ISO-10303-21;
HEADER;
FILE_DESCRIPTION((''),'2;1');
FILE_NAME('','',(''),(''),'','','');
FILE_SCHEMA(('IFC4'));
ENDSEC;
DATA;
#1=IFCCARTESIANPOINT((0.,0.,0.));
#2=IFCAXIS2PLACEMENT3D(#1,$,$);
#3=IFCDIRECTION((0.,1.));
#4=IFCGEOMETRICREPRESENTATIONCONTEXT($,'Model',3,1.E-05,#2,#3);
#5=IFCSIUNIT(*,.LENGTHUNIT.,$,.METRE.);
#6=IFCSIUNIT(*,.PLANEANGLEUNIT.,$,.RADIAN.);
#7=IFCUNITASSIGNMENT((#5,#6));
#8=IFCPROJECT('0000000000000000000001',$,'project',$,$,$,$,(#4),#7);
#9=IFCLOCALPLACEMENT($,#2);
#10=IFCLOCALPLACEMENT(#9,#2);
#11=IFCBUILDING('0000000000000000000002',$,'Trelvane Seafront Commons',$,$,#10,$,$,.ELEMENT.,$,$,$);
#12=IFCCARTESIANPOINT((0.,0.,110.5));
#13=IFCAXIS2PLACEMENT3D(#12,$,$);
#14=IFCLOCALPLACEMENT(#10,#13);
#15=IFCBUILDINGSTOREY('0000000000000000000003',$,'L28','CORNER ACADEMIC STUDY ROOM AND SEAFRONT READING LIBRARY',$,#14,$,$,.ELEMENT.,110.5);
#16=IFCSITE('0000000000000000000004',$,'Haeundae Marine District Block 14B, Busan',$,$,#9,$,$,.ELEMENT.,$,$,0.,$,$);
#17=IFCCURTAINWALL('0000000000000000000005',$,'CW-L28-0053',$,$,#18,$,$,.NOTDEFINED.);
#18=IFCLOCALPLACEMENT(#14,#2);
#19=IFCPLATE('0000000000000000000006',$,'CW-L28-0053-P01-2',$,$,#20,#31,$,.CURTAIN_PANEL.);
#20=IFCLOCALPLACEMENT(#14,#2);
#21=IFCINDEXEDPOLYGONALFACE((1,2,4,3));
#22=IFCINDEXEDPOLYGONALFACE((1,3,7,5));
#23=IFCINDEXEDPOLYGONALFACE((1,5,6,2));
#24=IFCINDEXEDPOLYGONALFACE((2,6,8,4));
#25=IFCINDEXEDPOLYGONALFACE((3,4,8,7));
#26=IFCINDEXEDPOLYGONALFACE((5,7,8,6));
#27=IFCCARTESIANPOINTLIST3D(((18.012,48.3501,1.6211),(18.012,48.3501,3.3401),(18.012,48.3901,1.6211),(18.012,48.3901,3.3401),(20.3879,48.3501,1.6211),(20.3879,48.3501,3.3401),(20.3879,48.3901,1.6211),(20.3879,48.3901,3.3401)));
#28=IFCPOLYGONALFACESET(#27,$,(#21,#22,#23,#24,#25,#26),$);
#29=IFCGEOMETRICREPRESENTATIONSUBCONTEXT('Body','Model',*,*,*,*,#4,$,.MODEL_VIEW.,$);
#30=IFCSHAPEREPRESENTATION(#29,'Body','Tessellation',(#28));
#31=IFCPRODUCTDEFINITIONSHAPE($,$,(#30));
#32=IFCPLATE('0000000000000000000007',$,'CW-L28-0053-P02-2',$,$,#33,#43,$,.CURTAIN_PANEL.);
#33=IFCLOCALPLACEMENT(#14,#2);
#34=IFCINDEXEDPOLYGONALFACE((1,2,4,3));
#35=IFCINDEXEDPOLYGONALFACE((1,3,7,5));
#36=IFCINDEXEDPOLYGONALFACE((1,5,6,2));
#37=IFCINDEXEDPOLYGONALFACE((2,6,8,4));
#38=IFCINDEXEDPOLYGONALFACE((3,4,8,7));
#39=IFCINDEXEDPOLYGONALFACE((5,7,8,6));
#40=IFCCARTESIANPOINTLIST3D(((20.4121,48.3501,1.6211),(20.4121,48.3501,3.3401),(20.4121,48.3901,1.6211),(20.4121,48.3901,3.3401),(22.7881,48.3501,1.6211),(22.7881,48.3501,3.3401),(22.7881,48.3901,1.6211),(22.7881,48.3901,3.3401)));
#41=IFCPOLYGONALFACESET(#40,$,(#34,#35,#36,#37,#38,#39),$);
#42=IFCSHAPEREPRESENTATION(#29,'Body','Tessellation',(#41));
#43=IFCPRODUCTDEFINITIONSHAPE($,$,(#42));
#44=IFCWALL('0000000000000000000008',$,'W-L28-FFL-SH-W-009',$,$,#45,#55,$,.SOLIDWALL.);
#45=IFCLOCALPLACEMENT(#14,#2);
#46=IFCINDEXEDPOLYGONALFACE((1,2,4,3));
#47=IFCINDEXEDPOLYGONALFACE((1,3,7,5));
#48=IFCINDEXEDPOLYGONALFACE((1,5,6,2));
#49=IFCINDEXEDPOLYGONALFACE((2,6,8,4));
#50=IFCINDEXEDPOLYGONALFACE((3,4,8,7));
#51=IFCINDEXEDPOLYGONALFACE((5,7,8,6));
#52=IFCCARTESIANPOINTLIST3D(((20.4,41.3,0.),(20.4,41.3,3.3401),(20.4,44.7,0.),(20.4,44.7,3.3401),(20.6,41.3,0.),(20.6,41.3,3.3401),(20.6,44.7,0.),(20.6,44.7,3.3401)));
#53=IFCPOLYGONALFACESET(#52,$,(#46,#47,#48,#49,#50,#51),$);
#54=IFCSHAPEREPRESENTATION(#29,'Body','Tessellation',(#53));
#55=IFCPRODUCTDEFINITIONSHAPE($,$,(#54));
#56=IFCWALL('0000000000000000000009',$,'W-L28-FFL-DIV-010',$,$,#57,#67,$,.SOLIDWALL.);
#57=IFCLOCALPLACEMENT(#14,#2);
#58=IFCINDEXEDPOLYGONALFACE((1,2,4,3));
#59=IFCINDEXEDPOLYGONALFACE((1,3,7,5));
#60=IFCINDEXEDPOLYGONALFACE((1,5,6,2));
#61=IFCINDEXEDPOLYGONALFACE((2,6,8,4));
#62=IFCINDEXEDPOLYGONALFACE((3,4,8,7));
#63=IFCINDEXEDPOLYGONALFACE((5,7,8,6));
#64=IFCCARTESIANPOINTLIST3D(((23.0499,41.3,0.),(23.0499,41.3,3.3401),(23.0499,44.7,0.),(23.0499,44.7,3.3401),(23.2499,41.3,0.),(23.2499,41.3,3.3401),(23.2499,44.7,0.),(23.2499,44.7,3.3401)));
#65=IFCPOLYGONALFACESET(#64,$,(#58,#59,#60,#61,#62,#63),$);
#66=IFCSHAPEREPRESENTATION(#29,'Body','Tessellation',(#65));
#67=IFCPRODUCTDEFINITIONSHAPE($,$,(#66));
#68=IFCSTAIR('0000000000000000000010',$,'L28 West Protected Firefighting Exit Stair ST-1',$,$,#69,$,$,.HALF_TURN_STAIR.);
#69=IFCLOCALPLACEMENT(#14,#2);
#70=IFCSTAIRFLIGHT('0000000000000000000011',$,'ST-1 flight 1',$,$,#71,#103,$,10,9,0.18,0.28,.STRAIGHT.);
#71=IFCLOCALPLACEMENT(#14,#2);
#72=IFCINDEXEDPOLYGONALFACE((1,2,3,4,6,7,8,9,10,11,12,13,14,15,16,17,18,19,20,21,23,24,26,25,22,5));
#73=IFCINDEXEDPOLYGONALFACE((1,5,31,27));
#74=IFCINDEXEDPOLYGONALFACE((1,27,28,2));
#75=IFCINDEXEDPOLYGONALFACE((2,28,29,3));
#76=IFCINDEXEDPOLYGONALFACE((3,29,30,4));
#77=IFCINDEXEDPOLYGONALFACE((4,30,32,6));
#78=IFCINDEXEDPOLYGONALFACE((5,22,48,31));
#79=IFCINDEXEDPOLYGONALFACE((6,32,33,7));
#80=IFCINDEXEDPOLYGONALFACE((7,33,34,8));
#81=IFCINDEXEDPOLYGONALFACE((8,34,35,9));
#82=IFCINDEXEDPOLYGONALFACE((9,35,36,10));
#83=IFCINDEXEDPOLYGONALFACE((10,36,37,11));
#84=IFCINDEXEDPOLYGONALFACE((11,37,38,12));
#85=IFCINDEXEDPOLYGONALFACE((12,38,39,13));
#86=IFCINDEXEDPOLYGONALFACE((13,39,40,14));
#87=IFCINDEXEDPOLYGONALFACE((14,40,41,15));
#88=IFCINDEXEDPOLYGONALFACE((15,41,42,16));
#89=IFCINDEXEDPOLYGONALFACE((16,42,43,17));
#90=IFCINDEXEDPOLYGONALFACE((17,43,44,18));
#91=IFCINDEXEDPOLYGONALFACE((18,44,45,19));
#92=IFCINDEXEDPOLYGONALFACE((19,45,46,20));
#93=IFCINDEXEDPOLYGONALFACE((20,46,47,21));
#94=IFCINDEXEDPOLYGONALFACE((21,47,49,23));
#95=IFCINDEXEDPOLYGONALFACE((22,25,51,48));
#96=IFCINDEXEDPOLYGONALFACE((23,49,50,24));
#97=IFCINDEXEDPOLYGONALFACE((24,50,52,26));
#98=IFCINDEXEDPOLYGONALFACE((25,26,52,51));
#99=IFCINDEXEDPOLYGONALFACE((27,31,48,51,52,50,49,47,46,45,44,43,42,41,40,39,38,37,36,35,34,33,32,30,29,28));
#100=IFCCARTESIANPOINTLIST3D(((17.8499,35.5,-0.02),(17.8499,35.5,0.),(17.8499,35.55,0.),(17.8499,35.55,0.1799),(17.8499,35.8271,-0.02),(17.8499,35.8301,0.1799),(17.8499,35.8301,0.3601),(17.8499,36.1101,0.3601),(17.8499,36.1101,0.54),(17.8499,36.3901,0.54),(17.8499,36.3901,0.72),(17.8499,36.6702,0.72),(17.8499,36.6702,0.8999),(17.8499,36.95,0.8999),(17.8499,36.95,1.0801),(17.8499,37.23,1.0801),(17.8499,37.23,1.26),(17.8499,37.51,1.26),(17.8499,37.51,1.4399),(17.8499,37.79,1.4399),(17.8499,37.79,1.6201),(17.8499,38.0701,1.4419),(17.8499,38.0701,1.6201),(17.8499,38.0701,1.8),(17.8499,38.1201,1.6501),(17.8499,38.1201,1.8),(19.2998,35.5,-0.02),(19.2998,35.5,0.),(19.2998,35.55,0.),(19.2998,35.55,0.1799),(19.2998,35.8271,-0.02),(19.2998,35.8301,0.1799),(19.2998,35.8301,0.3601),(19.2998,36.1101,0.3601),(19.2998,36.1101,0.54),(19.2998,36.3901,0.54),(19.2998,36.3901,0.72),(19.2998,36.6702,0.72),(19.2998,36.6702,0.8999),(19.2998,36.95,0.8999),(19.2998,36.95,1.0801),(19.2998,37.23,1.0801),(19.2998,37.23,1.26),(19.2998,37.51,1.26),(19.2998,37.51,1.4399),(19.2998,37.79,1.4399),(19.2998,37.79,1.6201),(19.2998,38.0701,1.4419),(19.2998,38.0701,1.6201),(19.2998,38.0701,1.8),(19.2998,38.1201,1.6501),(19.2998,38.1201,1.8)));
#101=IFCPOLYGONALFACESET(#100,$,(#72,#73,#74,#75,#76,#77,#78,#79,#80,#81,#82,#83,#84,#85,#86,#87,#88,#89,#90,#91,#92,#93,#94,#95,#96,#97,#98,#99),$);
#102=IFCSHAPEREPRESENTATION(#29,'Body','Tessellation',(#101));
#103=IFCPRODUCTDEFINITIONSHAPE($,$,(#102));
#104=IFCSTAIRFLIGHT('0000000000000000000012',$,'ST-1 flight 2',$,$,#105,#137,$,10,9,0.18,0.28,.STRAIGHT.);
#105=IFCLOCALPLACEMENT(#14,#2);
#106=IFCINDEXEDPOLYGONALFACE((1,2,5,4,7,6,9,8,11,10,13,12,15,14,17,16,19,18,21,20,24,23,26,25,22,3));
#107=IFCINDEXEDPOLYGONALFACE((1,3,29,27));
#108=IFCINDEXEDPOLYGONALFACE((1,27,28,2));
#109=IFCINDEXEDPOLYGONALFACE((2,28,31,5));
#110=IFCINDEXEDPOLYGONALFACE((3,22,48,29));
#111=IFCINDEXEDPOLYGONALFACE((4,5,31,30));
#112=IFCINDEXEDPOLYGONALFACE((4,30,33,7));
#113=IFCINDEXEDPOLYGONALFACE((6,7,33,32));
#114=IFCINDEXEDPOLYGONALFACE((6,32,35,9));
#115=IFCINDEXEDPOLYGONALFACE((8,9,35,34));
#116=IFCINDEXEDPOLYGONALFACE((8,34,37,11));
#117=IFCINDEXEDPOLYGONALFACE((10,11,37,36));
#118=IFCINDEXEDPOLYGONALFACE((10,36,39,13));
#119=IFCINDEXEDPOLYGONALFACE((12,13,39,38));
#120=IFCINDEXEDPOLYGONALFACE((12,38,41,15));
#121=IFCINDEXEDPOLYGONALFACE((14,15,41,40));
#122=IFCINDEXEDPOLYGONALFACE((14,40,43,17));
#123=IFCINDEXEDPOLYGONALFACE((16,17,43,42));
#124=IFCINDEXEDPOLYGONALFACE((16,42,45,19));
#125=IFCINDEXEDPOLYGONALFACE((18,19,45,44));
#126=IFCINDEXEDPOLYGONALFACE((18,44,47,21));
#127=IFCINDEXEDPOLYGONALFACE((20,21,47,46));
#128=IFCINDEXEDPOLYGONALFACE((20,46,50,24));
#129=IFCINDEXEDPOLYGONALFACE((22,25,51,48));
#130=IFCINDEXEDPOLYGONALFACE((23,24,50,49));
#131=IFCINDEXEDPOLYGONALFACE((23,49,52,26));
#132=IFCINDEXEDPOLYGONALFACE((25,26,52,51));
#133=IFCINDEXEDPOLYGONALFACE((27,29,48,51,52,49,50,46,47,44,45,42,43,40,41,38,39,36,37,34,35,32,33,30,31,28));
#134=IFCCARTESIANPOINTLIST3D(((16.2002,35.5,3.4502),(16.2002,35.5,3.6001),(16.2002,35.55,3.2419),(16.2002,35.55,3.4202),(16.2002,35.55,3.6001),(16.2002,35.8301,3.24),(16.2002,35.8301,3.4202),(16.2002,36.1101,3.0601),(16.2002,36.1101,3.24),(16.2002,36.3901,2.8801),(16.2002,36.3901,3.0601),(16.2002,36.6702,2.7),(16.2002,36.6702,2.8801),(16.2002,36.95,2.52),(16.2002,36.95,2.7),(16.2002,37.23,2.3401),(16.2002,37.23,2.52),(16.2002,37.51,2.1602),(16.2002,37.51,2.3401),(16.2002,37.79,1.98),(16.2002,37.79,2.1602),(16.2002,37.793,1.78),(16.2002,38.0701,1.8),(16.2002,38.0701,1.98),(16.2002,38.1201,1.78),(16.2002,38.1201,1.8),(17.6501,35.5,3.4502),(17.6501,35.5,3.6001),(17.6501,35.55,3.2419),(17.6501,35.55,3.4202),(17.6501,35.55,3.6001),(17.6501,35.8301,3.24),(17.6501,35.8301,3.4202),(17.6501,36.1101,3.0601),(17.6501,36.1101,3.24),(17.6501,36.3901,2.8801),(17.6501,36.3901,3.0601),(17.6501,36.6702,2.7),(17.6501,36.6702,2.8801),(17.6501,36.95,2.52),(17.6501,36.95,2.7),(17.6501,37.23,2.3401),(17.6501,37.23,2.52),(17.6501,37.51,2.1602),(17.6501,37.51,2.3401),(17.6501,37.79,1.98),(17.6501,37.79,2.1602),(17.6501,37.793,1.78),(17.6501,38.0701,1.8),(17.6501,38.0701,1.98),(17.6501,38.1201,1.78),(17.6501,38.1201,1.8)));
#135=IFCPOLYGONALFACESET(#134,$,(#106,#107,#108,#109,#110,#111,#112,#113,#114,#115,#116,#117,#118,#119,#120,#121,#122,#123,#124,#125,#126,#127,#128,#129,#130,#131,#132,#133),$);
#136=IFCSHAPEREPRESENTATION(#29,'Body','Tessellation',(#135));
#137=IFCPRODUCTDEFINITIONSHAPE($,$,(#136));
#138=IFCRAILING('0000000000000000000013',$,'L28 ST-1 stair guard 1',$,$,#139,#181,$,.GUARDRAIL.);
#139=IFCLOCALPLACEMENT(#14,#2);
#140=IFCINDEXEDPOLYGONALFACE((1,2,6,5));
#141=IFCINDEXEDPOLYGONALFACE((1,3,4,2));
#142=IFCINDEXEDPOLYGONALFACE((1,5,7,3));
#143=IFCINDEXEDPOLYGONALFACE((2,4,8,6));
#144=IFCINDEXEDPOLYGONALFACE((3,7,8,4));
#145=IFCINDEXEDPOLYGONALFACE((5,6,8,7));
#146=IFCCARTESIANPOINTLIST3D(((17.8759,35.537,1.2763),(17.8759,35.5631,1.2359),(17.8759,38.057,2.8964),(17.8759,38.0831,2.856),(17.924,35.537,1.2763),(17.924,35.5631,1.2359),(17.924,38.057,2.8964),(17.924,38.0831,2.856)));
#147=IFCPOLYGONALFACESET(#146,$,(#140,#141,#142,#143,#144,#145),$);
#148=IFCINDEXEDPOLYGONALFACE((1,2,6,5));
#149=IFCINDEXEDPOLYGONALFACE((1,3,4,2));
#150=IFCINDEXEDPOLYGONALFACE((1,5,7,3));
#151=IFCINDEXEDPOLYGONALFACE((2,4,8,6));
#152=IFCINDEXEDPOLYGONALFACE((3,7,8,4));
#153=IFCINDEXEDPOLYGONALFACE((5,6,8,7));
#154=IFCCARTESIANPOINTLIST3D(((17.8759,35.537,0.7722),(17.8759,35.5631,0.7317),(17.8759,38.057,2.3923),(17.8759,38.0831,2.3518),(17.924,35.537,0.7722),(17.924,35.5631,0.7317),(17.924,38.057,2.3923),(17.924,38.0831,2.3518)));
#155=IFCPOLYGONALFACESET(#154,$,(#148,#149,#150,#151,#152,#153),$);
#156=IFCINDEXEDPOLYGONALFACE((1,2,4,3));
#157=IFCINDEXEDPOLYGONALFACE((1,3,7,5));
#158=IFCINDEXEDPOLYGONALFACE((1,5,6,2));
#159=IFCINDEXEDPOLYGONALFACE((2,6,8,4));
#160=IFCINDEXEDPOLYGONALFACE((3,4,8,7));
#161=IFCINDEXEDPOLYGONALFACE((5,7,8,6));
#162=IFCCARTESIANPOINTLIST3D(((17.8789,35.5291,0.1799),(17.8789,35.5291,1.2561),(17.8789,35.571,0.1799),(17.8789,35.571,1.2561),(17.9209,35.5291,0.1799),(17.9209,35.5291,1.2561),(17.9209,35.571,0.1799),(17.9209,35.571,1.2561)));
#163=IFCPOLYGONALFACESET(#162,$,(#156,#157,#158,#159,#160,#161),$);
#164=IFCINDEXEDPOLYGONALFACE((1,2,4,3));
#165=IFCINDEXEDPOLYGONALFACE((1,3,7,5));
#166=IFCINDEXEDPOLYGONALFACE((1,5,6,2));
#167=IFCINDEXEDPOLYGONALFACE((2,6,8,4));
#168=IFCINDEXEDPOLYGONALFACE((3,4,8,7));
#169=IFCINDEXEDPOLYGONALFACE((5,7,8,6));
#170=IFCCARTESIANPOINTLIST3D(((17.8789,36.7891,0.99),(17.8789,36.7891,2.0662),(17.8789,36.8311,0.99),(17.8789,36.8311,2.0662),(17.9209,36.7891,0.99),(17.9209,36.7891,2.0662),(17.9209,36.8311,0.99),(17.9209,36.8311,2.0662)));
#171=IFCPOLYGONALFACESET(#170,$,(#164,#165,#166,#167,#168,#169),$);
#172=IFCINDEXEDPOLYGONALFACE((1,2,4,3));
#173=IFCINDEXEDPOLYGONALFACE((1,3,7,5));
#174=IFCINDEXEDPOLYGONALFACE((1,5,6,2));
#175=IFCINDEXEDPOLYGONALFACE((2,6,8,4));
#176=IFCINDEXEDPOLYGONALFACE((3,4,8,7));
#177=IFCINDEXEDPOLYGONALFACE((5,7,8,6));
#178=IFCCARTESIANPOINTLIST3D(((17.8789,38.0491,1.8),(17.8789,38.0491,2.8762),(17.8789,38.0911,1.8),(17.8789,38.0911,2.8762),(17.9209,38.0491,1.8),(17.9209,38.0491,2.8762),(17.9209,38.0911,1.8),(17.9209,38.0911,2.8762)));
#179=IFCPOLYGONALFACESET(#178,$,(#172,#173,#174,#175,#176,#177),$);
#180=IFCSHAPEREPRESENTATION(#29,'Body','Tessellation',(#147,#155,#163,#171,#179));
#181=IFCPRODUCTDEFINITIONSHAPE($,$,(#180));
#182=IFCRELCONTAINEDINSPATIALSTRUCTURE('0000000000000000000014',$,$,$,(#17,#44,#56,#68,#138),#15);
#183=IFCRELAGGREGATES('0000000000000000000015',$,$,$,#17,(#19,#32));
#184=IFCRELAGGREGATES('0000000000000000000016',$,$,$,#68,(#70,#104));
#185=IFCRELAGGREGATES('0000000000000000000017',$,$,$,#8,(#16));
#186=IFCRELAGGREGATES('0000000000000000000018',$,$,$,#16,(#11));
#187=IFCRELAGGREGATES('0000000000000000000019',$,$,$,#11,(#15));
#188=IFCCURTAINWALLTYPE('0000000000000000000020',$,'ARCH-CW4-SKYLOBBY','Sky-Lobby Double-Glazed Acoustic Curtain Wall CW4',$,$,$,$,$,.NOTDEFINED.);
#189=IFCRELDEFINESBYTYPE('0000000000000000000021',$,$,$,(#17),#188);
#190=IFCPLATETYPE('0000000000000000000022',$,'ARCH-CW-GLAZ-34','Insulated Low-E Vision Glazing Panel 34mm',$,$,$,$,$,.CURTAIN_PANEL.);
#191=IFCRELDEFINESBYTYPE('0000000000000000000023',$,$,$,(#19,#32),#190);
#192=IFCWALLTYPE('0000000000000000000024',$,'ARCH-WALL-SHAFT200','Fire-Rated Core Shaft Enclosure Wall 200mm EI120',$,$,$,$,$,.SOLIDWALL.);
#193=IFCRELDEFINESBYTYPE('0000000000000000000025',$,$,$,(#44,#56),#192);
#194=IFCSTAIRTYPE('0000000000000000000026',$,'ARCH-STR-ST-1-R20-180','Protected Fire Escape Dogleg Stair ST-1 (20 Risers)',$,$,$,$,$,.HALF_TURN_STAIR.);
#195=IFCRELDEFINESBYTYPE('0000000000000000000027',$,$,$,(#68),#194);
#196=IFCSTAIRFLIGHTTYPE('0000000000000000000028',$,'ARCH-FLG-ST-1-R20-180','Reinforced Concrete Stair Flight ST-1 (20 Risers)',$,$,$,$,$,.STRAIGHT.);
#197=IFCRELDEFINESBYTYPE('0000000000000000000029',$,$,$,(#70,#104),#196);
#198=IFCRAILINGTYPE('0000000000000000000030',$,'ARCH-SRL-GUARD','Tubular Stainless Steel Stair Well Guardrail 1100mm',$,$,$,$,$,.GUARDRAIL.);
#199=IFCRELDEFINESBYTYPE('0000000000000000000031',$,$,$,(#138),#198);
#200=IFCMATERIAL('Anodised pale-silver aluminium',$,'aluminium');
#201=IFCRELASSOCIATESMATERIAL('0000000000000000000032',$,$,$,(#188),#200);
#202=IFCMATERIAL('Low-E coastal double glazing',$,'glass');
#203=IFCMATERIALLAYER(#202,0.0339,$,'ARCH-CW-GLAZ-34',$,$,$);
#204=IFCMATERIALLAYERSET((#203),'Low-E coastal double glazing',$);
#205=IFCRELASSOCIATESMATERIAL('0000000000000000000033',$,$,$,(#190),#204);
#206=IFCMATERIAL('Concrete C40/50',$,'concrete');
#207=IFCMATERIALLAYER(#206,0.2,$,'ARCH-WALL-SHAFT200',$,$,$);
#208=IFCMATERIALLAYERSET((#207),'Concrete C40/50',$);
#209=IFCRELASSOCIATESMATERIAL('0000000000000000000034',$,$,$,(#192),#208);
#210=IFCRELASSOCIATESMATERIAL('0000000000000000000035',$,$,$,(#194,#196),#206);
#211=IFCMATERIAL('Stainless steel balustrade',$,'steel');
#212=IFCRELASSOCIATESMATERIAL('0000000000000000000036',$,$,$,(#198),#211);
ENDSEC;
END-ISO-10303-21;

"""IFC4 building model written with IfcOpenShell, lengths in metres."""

from ifc_helpers import new_model, si_unit, direction, frame, frame_2d, origin, origin_2d, place, context, subcontext, project, spatial, polyline, rectangle, outline, extrude, source, transform, mapped, material, layer, layer_set, type_object, element, aggregate, save


model = new_model("IFC4")

# Units and contexts
model_context = context("Model", 3, precision=1e-05, world=origin(), true_north=direction((0.0, 1.0)))
body_context = subcontext(model_context, "Body", "Model", "MODEL_VIEW")
ifc_project = project(units=[si_unit("LENGTHUNIT", "METRE"), si_unit("PLANEANGLEUNIT", "RADIAN")], contexts=[model_context])

# Site, building, storey
site_placement = place(None, origin())
site = spatial("IfcSite", under=ifc_project, at=site_placement, Name="Haeundae Marine District Block 14B, Busan", CompositionType="ELEMENT", RefElevation=0.0)
building_placement = place(site_placement, origin())
building = spatial("IfcBuilding", under=site, at=building_placement, Name="Trelvane Seafront Commons", CompositionType="ELEMENT")
storey_placement = place(building_placement, frame((0.0, 0.0, 110.5)))
storey = spatial("IfcBuildingStorey", under=building, at=storey_placement, Name="L28", Description="CORNER ACADEMIC STUDY ROOM AND SEAFRONT READING LIBRARY", CompositionType="ELEMENT", Elevation=110.5)

# Curtain wall
ifc_material_1 = material(Name="Anodised pale-silver aluminium", Category="aluminium")
curtain_wall_type = type_object("IfcCurtainWallType", Name="ARCH-CW4-SKYLOBBY", Description="Sky-Lobby Double-Glazed Acoustic Curtain Wall CW4", PredefinedType="NOTDEFINED", material=ifc_material_1)
curtain_wall_placement = place(storey_placement, origin())
curtain_wall = element("IfcCurtainWall", 1, at=curtain_wall_placement, inside=storey, type_object=curtain_wall_type, Name="CW-L28-0053", PredefinedType="NOTDEFINED")

# Plates
ifc_material_2 = material(Name="Low-E coastal double glazing", Category="glass")
ifc_layer_1 = layer(ifc_material_2, 0.0339, Name="ARCH-CW-GLAZ-34")
ifc_layer_set_1 = layer_set([ifc_layer_1], Name="Low-E coastal double glazing")
plate_type_1 = type_object("IfcPlateType", Name="ARCH-CW-GLAZ-34", Description="Insulated Low-E Vision Glazing Panel 34mm", PredefinedType="CURTAIN_PANEL", material=ifc_layer_set_1)
shared_shape_1 = source(origin(), body_context, "Body", "SweptSolid", [
    extrude(rectangle(XDim=2.376, YDim=0.04, at=origin_2d()), origin(), (0.0, 0.0, 1.0), 1.719),
])
plate_1_placement = place(storey_placement, frame((19.2, 48.3701, 1.6211), z_axis=(0.0, 0.0, 1.0), x_axis=(1.0, 0.0, 0.0)))
plate_1 = element("IfcPlate", 2, at=plate_1_placement, type_object=plate_type_1, Name="CW-L28-0053-P01-2", PredefinedType="CURTAIN_PANEL", context=body_context, shape_type="MappedRepresentation", body=[
    mapped(shared_shape_1, transform((0.0, 0.0, 0.0), x_axis=(1.0, 0.0, 0.0), y_axis=(0.0, 1.0, 0.0), z_axis=(0.0, 0.0, 1.0), scale=1.0)),
])
plate_2_placement = place(storey_placement, frame((21.6001, 48.3701, 1.6211), z_axis=(0.0, 0.0, 1.0), x_axis=(1.0, 0.0, 0.0)))
plate_2 = element("IfcPlate", 3, at=plate_2_placement, type_object=plate_type_1, Name="CW-L28-0053-P02-2", PredefinedType="CURTAIN_PANEL", context=body_context, shape_type="MappedRepresentation", body=[
    mapped(shared_shape_1, transform((0.0, 0.0, 0.0), x_axis=(1.0, 0.0, 0.0), y_axis=(0.0, 1.0, 0.0), z_axis=(0.0, 0.0, 1.0), scale=1.0)),
])
aggregate(curtain_wall, [plate_1, plate_2])

# Shared definitions
ifc_material_3 = material(Name="Concrete C40/50", Category="concrete")
ifc_layer_2 = layer(ifc_material_3, 0.2, Name="ARCH-WALL-SHAFT200")
ifc_layer_set_2 = layer_set([ifc_layer_2], Name="Concrete C40/50")
wall_type = type_object("IfcWallType", Name="ARCH-WALL-SHAFT200", Description="Fire-Rated Core Shaft Enclosure Wall 200mm EI120", PredefinedType="SOLIDWALL", material=ifc_layer_set_2)
ifc_material_4 = material(Name="Stainless steel balustrade", Category="steel")

# Walls
for number, where, z_axis, x_axis, name in (
    (4, (20.5, 41.3, 0.0), (0.0, 0.0, 1.0), (0.0, 1.0, 0.0), "W-L28-FFL-SH-W-009"),
    (5, (23.1499, 41.3, 0.0), (0.0, 0.0, 1.0), (0.0, 1.0, 0.0), "W-L28-FFL-DIV-010"),
):
    element("IfcWall", number, at=place(storey_placement, frame(where, z_axis=z_axis, x_axis=x_axis)), inside=storey, type_object=wall_type, Name=name, PredefinedType="SOLIDWALL", context=body_context, shape_type="SweptSolid", body=[
        extrude(rectangle(XDim=3.3999, YDim=0.2, at=frame_2d((1.7, 0.0))), origin(), (0.0, 0.0, 1.0), 3.3401),
    ])

# Stair, stair flights
stair_type = type_object("IfcStairType", Name="ARCH-STR-ST-1-R20-180", Description="Protected Fire Escape Dogleg Stair ST-1 (20 Risers)", PredefinedType="HALF_TURN_STAIR", material=ifc_material_3)
stair_placement = place(storey_placement, origin())
stair = element("IfcStair", 6, at=stair_placement, inside=storey, type_object=stair_type, Name="L28 West Protected Firefighting Exit Stair ST-1", PredefinedType="HALF_TURN_STAIR")
stair_flight_type = type_object("IfcStairFlightType", Name="ARCH-FLG-ST-1-R20-180", Description="Reinforced Concrete Stair Flight ST-1 (20 Risers)", PredefinedType="STRAIGHT", material=ifc_material_3)
shared_shape_2 = source(origin(), body_context, "Body", "SweptSolid", [
    extrude(outline(polyline([(-0.05, -0.02), (-0.05, 0.0), (0.0, 0.0), (0.0, 0.1799), (0.28, 0.1799), (0.28, 0.3601), (0.5601, 0.3601), (0.5601, 0.54), (0.8401, 0.54), (0.8401, 0.72), (1.1201, 0.72), (1.1201, 0.8999), (1.3999, 0.8999), (1.3999, 1.0801), (1.6799, 1.0801), (1.6799, 1.26), (1.96, 1.26), (1.96, 1.4399), (2.24, 1.4399), (2.24, 1.6201), (2.52, 1.6201), (2.52, 1.8), (2.5701, 1.8), (2.5701, 1.6501), (2.52, 1.4419), (0.2771, -0.02), (-0.05, -0.02)])), frame((0.0, 0.7251, 0.0), z_axis=(0.0, -1.0, 0.0), x_axis=(1.0, 0.0, 0.0)), (0.0, 0.0, 1.0), 1.45),
])
stair_flight_1_placement = place(storey_placement, frame((18.575, 35.55, 0.0), z_axis=(0.0, 0.0, 1.0), x_axis=(0.0, 1.0, 0.0)))
stair_flight_1 = element("IfcStairFlight", 7, at=stair_flight_1_placement, type_object=stair_flight_type, Name="ST-1 flight 1", NumberOfRisers=10, NumberOfTreads=9, PredefinedType="STRAIGHT", RiserHeight=0.18, TreadLength=0.28, context=body_context, shape_type="MappedRepresentation", body=[
    mapped(shared_shape_2, transform((0.0, 0.0, 0.0), x_axis=(1.0, 0.0, 0.0), y_axis=(0.0, 1.0, 0.0), z_axis=(0.0, 0.0, 1.0), scale=1.0)),
])
stair_flight_2_placement = place(storey_placement, frame((16.925, 38.0701, 1.8), z_axis=(0.0, 0.0, 1.0), x_axis=(0.0, -1.0, 0.0)))
stair_flight_2 = element("IfcStairFlight", 8, at=stair_flight_2_placement, type_object=stair_flight_type, Name="ST-1 flight 2", NumberOfRisers=10, NumberOfTreads=9, PredefinedType="STRAIGHT", RiserHeight=0.18, TreadLength=0.28, context=body_context, shape_type="MappedRepresentation", body=[
    mapped(shared_shape_2, transform((0.0, 0.0, 0.0), x_axis=(1.0, 0.0, 0.0), y_axis=(0.0, 1.0, 0.0), z_axis=(0.0, 0.0, 1.0), scale=1.0)),
])
aggregate(stair, [stair_flight_1, stair_flight_2])

# Railing
railing_type_1 = type_object("IfcRailingType", Name="ARCH-SRL-GUARD", Description="Tubular Stainless Steel Stair Well Guardrail 1100mm", PredefinedType="GUARDRAIL", material=ifc_material_4)
railing_1_placement = place(storey_placement, frame((17.8999, 35.55, 0.1799)))
element("IfcRailing", 9, at=railing_1_placement, inside=storey, type_object=railing_type_1, Name="L28 ST-1 stair guard 1", PredefinedType="GUARDRAIL", context=body_context, shape_type="SweptSolid", body=[
    extrude(rectangle(XDim=0.0481, YDim=0.0481, at=origin_2d()), frame((0.0, 0.0, 1.0762), z_axis=(0.0, 0.841163, 0.540782), x_axis=(-1.0, 0.0, 0.0)), (0.0, 0.0, 1.0), 2.9958),
    extrude(rectangle(XDim=0.0481, YDim=0.0481, at=origin_2d()), frame((0.0, 0.0, 0.572), z_axis=(0.0, 0.841163, 0.540782), x_axis=(-1.0, 0.0, 0.0)), (0.0, 0.0, 1.0), 2.9958),
    extrude(rectangle(XDim=0.042, YDim=0.042, at=origin_2d()), origin(), (0.0, 0.0, 1.0), 1.0762),
    extrude(rectangle(XDim=0.042, YDim=0.042, at=origin_2d()), frame((0.0, 1.26, 0.8101)), (0.0, 0.0, 1.0), 1.0762),
    extrude(rectangle(XDim=0.042, YDim=0.042, at=origin_2d()), frame((0.0, 2.52, 1.6201)), (0.0, 0.0, 1.0), 1.0762),
])

save(model, "model.ifc")
